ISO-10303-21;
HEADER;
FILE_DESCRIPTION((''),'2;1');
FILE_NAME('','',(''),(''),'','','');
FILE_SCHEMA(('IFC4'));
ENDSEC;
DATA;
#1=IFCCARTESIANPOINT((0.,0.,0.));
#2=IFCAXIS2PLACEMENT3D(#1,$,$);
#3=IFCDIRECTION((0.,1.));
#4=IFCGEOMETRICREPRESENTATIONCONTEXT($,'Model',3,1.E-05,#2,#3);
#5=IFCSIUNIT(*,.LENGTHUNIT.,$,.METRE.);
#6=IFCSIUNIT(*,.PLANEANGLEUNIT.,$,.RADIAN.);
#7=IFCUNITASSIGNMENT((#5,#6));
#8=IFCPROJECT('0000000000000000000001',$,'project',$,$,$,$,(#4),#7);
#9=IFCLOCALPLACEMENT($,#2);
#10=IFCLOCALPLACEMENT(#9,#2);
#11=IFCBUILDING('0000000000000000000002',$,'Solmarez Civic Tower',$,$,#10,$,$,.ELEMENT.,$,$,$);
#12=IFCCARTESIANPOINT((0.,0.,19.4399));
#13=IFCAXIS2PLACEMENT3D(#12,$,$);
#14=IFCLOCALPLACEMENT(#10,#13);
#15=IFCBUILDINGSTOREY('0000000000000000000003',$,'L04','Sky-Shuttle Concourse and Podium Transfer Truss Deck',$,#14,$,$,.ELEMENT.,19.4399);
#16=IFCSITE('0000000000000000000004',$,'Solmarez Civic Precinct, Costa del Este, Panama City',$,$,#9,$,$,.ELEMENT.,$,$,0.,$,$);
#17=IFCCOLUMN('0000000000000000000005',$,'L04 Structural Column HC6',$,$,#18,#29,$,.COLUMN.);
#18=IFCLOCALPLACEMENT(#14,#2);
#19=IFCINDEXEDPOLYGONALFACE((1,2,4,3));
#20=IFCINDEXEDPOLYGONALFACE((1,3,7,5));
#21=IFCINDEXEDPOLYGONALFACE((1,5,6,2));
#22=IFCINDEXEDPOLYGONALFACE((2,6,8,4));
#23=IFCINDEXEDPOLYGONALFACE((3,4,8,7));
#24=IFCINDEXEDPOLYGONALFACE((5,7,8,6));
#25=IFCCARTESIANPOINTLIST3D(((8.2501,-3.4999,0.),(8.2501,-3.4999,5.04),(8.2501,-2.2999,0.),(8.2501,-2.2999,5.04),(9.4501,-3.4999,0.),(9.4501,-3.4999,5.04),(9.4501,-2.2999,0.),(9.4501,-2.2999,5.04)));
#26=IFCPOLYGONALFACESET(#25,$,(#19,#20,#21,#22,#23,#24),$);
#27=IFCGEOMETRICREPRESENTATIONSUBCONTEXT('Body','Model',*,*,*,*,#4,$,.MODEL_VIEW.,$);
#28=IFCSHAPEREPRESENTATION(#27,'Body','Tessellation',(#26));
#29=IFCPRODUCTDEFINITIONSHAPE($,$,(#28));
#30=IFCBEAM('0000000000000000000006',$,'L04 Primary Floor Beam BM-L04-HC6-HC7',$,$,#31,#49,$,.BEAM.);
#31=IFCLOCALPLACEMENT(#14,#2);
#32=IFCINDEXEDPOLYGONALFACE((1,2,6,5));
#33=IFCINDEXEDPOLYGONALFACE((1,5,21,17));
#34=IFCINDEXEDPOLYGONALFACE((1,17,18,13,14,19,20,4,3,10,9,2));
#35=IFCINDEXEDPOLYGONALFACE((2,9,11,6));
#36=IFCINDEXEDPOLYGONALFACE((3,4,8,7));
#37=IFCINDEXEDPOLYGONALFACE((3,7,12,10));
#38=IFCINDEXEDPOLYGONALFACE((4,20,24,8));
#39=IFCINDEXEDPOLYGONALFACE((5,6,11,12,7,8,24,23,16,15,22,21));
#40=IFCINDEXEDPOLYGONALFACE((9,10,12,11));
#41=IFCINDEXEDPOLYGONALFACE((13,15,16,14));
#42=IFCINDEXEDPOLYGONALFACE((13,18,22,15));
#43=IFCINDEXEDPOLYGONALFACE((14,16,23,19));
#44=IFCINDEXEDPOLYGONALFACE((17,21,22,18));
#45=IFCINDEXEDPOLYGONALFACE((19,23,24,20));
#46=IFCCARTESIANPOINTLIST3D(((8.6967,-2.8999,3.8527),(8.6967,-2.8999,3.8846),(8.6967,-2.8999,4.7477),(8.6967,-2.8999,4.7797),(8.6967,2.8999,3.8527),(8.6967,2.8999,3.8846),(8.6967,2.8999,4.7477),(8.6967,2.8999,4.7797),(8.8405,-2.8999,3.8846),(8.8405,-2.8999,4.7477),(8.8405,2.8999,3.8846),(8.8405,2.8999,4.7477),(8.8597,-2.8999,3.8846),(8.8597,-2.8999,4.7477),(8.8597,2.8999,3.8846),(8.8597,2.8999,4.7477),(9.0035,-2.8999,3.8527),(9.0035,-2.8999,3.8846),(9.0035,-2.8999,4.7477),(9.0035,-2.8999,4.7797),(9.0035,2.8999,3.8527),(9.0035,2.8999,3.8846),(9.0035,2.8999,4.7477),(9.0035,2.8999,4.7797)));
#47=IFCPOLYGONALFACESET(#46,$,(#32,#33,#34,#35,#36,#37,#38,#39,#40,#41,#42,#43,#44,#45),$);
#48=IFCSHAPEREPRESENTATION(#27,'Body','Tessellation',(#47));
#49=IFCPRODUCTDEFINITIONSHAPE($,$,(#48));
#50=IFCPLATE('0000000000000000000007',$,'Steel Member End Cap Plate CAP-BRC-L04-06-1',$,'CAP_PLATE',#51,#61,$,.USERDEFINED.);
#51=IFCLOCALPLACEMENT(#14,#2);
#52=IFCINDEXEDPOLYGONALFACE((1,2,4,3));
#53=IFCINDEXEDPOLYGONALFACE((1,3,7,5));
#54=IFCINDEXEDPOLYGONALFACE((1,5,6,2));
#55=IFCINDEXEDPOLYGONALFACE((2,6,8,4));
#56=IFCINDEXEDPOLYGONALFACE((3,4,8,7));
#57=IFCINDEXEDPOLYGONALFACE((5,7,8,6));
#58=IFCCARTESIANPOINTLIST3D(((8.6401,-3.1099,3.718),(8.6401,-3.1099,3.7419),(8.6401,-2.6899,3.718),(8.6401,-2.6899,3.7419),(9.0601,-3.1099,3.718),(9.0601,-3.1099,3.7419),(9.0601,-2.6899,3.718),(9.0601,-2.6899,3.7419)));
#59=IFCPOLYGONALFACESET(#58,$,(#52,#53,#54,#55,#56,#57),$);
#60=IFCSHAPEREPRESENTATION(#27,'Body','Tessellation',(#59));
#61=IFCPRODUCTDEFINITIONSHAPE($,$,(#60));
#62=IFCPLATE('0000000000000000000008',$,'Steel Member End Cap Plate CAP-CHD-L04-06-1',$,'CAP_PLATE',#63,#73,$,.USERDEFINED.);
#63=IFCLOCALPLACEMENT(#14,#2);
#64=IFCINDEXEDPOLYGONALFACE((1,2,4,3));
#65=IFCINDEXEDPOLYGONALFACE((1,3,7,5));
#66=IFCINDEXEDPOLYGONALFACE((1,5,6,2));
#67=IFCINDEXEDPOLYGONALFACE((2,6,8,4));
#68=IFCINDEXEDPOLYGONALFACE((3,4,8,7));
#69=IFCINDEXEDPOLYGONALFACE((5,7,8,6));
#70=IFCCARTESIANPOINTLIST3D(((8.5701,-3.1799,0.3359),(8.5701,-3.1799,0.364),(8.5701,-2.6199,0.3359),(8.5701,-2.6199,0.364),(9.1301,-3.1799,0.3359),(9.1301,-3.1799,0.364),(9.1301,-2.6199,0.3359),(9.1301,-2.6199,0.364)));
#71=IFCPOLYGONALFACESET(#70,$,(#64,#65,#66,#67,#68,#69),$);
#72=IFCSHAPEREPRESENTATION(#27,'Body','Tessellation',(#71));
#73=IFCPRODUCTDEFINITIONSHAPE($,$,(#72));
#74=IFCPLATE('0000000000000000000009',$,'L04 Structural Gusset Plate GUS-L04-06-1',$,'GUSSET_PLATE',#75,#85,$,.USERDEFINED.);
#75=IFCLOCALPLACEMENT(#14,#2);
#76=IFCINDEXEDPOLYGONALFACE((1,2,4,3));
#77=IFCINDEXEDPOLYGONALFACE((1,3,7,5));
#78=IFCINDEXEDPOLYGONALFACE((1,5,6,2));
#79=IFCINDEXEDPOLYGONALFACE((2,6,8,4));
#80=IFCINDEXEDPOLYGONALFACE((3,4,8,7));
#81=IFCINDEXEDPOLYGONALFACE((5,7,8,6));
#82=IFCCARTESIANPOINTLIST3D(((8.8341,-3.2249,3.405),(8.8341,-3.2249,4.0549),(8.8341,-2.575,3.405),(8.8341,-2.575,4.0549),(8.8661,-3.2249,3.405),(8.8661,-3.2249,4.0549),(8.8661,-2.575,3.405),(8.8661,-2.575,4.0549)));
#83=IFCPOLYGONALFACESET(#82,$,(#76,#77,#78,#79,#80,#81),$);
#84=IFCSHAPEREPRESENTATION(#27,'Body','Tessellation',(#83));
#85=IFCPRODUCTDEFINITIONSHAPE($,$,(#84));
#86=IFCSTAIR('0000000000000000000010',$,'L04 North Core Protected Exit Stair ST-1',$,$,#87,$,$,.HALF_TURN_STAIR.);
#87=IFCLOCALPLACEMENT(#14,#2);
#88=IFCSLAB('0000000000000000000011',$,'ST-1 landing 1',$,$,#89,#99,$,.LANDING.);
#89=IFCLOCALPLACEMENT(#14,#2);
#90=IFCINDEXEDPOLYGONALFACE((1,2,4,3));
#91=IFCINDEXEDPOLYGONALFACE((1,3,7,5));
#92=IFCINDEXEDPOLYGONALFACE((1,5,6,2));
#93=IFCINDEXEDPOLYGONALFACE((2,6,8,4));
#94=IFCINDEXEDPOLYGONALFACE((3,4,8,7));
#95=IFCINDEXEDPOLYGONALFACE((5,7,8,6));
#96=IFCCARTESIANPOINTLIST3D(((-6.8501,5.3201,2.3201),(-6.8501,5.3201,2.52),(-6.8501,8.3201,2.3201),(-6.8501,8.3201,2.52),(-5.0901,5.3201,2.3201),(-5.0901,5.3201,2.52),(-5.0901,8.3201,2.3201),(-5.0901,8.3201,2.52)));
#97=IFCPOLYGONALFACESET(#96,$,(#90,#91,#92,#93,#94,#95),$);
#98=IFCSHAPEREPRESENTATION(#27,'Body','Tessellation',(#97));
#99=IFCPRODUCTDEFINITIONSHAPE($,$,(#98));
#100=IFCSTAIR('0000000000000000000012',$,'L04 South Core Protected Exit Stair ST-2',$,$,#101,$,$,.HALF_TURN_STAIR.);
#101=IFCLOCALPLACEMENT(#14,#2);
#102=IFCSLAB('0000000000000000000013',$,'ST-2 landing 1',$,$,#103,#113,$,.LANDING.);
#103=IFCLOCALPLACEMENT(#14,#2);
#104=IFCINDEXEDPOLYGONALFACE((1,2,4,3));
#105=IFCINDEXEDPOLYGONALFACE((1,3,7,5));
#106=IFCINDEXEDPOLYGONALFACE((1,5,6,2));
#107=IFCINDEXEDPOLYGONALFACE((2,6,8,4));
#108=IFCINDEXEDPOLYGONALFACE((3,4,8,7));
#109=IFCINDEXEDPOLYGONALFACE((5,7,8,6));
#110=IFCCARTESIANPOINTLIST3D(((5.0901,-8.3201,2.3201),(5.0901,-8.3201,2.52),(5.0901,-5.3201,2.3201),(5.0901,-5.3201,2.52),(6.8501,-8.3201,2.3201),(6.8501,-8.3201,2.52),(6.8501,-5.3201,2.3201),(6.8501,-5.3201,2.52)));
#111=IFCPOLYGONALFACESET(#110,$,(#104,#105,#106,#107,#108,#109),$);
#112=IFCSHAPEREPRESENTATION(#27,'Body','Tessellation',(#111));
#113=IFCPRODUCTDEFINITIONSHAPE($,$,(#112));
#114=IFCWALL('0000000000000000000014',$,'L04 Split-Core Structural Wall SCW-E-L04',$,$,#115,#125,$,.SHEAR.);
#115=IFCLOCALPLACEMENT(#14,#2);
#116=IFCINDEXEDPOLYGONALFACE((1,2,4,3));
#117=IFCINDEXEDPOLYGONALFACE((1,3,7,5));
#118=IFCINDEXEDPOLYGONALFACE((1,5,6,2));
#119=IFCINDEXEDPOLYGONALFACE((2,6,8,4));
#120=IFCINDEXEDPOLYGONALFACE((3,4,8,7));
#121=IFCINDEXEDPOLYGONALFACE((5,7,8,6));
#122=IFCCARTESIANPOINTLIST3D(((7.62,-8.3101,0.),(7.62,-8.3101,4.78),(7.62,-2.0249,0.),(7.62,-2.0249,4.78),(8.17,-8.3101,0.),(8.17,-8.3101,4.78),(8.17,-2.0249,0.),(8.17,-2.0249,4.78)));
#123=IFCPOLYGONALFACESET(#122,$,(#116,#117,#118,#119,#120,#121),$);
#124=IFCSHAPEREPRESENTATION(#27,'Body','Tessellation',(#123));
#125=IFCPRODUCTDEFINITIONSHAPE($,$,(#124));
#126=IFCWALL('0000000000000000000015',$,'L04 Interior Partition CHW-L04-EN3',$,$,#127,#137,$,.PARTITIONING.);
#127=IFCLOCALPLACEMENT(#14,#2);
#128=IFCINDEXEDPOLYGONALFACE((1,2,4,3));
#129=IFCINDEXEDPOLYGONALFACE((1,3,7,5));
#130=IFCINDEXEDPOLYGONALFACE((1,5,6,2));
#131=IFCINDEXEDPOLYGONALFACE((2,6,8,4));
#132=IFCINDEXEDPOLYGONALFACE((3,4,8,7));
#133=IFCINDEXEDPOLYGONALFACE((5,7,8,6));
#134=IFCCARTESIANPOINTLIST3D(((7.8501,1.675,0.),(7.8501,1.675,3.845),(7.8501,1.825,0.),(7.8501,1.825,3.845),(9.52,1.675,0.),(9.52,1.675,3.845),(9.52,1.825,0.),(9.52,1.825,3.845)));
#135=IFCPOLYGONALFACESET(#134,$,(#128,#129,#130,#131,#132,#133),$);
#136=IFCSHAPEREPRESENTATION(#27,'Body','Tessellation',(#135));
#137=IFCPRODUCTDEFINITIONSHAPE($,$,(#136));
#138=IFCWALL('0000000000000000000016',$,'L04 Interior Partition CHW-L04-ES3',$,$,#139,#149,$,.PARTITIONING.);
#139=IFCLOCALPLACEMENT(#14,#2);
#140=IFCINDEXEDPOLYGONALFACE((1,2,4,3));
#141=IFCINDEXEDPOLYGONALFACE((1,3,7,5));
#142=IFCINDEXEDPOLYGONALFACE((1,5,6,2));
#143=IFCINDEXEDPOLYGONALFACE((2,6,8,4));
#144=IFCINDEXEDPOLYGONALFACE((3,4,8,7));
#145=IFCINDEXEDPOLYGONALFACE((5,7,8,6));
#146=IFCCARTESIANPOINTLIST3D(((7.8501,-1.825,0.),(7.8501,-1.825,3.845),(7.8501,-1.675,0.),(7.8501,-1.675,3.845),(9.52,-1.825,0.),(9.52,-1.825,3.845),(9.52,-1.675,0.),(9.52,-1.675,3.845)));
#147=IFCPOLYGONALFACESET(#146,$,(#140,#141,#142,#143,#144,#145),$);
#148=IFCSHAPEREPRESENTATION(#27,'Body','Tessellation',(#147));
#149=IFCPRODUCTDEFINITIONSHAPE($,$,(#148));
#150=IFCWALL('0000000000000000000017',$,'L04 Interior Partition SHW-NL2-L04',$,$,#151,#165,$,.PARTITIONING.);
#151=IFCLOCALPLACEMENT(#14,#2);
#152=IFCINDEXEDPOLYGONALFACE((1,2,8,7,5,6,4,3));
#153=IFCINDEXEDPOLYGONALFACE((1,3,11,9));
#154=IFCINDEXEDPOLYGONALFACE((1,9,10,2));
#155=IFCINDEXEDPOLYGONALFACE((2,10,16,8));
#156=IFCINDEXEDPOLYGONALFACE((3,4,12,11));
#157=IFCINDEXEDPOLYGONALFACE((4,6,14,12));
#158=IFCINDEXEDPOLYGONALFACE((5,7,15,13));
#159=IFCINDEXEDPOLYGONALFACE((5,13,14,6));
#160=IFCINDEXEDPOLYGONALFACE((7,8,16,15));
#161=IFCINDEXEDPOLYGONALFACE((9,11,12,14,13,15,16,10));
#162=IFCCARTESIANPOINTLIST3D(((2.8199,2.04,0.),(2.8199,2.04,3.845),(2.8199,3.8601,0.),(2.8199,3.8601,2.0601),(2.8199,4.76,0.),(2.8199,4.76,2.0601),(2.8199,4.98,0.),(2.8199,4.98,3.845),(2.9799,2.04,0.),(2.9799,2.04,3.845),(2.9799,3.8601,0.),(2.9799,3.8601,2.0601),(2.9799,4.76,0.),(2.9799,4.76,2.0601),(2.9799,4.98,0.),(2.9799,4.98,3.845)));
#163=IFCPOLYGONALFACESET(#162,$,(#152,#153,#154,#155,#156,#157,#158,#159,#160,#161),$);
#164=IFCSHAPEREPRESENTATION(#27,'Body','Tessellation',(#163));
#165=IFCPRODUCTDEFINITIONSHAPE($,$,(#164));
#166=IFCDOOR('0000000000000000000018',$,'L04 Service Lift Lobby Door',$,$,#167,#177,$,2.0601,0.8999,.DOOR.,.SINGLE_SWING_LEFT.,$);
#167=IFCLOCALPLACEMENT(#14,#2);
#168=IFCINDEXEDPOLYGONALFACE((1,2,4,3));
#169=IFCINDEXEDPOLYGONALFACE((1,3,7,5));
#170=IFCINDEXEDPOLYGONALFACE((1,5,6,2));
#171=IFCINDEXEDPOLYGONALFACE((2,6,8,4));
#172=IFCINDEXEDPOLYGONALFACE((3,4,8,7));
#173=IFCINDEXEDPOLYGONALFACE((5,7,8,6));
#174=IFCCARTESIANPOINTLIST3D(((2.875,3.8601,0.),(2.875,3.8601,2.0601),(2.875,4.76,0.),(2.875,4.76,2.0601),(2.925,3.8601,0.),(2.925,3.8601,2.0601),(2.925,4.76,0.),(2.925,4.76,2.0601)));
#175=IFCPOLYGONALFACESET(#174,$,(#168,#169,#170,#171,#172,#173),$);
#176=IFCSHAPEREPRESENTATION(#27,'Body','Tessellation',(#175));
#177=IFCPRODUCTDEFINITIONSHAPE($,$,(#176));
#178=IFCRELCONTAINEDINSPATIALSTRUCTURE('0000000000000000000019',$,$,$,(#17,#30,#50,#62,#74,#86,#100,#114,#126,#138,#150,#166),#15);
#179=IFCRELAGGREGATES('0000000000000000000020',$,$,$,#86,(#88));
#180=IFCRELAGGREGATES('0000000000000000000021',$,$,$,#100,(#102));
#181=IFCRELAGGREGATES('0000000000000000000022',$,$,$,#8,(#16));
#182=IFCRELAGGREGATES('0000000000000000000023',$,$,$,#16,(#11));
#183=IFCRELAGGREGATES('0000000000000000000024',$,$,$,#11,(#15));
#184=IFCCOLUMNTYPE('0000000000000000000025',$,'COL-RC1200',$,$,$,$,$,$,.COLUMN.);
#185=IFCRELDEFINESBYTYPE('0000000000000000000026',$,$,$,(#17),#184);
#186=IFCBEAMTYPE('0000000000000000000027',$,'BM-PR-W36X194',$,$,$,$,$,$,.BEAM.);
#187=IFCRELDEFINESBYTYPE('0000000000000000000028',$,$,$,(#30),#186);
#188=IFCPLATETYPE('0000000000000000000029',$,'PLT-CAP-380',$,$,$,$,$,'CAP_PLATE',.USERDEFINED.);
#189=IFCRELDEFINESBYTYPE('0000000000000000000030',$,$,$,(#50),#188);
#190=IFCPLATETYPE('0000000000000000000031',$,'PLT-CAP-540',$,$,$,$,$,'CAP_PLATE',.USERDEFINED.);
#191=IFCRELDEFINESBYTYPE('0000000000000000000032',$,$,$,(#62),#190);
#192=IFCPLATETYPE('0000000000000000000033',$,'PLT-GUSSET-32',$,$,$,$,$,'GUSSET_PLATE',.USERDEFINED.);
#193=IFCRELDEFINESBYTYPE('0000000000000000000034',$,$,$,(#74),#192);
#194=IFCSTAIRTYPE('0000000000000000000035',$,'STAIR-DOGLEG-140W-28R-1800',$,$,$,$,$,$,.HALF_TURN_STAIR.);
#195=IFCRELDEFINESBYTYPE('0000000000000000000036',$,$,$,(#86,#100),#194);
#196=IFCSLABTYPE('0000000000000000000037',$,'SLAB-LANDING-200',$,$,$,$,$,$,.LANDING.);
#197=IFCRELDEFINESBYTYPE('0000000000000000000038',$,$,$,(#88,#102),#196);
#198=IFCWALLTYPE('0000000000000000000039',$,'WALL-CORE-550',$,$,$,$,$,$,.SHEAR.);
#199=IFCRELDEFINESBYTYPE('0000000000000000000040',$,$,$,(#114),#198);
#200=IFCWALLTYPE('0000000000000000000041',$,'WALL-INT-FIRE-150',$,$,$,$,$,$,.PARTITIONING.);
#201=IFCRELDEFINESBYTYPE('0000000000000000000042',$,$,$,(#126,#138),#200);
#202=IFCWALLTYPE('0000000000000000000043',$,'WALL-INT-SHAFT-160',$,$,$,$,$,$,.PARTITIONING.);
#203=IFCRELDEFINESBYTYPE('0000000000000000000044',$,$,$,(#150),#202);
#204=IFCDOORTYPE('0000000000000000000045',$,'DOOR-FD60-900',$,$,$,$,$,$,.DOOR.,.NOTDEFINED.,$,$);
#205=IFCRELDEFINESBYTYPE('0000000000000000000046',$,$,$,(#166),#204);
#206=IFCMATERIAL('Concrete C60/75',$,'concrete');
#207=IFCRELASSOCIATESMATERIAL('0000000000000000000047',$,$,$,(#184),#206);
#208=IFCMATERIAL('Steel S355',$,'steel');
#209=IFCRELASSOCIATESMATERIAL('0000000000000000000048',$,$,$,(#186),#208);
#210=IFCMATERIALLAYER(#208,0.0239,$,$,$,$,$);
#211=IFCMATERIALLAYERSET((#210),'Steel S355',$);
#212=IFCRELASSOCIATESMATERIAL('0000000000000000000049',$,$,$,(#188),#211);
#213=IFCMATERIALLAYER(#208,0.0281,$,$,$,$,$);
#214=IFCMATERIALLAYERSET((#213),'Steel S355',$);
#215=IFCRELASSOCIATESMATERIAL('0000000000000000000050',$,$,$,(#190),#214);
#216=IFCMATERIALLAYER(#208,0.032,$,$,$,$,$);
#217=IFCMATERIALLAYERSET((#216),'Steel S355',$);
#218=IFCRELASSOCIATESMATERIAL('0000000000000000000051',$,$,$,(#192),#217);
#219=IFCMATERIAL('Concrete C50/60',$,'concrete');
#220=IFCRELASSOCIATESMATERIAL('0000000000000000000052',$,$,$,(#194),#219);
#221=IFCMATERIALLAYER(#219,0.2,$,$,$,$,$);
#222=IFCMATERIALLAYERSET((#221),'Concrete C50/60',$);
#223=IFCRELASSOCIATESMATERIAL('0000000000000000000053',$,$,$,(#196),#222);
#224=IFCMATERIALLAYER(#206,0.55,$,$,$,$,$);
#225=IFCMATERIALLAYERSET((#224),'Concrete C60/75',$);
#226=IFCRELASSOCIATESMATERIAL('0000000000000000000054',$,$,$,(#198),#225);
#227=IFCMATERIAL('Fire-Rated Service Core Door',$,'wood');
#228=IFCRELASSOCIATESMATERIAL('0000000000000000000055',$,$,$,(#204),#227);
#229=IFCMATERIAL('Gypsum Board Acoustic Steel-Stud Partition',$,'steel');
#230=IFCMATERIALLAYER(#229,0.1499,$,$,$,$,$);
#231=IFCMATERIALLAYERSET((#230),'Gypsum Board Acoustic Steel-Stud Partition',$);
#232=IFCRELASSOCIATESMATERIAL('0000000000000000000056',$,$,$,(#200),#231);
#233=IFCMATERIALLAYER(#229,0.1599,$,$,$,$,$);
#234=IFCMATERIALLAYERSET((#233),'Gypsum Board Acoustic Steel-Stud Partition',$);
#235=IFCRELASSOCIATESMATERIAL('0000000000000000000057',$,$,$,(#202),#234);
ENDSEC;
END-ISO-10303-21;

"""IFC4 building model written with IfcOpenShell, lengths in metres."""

from ifc_helpers import new_model, si_unit, direction, frame, frame_2d, origin, origin_2d, place, context, subcontext, project, spatial, polyline, rectangle, i_section, outline, extrude, material, layer, layer_set, material_profile, profile_set, type_object, element, fill, aggregate, save


model = new_model("IFC4")

# Units and contexts
model_context = context("Model", 3, precision=1e-05, world=origin(), true_north=direction((0.0, 1.0)))
body_context = subcontext(model_context, "Body", "Model", "MODEL_VIEW")
ifc_project = project(units=[si_unit("LENGTHUNIT", "METRE"), si_unit("PLANEANGLEUNIT", "RADIAN")], contexts=[model_context])

# Site, building, storey
site_placement = place(None, origin())
site = spatial("IfcSite", under=ifc_project, at=site_placement, Name="Solmarez Civic Precinct, Costa del Este, Panama City", CompositionType="ELEMENT", RefElevation=0.0)
building_placement = place(site_placement, origin())
building = spatial("IfcBuilding", under=site, at=building_placement, Name="Solmarez Civic Tower", CompositionType="ELEMENT")
storey_placement = place(building_placement, frame((0.0, 0.0, 19.4399)))
storey = spatial("IfcBuildingStorey", under=building, at=storey_placement, Name="L04", Description="Sky-Shuttle Concourse and Podium Transfer Truss Deck", CompositionType="ELEMENT", Elevation=19.4399)

# Column
ifc_material_1 = material(Name="Concrete C60/75", Category="concrete")
ifc_material_profile_1 = material_profile(ifc_material_1, rectangle(XDim=1.2, YDim=1.2, at=origin_2d()), Name="RC1200X1200")
ifc_profile_set_1 = profile_set([ifc_material_profile_1], Name="Concrete C60/75")
column_type = type_object("IfcColumnType", Name="COL-RC1200", PredefinedType="COLUMN", material=ifc_profile_set_1)
column_placement = place(storey_placement, frame((8.8501, -2.8999, 0.0), z_axis=(0.0, 0.0, 1.0), x_axis=(1.0, 0.0, 0.0)))
element("IfcColumn", 1, at=column_placement, inside=storey, type_object=column_type, Name="L04 Structural Column HC6", PredefinedType="COLUMN", context=body_context, shape_type="SweptSolid", body=[
    extrude(rectangle(XDim=1.2, YDim=1.2, at=origin_2d()), origin(), (0.0, 0.0, 1.0), 5.04),
])

# Beam
ifc_material_2 = material(Name="Steel S355", Category="steel")
ifc_material_profile_2 = material_profile(ifc_material_2, i_section(OverallWidth=0.3069, OverallDepth=0.927, WebThickness=0.0193, FlangeThickness=0.032, at=origin_2d()), Name="W36X194")
ifc_profile_set_2 = profile_set([ifc_material_profile_2], Name="Steel S355")
beam_type = type_object("IfcBeamType", Name="BM-PR-W36X194", PredefinedType="BEAM", material=ifc_profile_set_2)
beam_placement = place(storey_placement, frame((8.8501, -2.8999, 4.3162), z_axis=(0.0, 1.0, 0.0), x_axis=(-1.0, 0.0, 0.0)))
element("IfcBeam", 2, at=beam_placement, inside=storey, type_object=beam_type, Name="L04 Primary Floor Beam BM-L04-HC6-HC7", PredefinedType="BEAM", context=body_context, shape_type="SweptSolid", body=[
    extrude(i_section(OverallWidth=0.3069, OverallDepth=0.927, WebThickness=0.0193, FlangeThickness=0.032, at=origin_2d()), origin(), (0.0, 0.0, 1.0), 5.7998),
])

# Plates
ifc_layer_1 = layer(ifc_material_2, 0.0239)
ifc_layer_set_1 = layer_set([ifc_layer_1], Name="Steel S355")
plate_type_1 = type_object("IfcPlateType", Name="PLT-CAP-380", ElementType="CAP_PLATE", PredefinedType="USERDEFINED", material=ifc_layer_set_1)
plate_1_placement = place(storey_placement, frame((8.8501, -2.8999, 3.718), z_axis=(0.0, 0.0, 1.0), x_axis=(1.0, 0.0, 0.0)))
element("IfcPlate", 3, at=plate_1_placement, inside=storey, type_object=plate_type_1, Name="Steel Member End Cap Plate CAP-BRC-L04-06-1", ObjectType="CAP_PLATE", PredefinedType="USERDEFINED", context=body_context, shape_type="SweptSolid", body=[
    extrude(rectangle(XDim=0.4199, YDim=0.4199, at=origin_2d()), origin(), (0.0, 0.0, 1.0), 0.0239),
])
ifc_layer_2 = layer(ifc_material_2, 0.0281)
ifc_layer_set_2 = layer_set([ifc_layer_2], Name="Steel S355")
plate_type_2 = type_object("IfcPlateType", Name="PLT-CAP-540", ElementType="CAP_PLATE", PredefinedType="USERDEFINED", material=ifc_layer_set_2)
plate_2_placement = place(storey_placement, frame((8.8501, -2.8999, 0.3359), z_axis=(0.0, 0.0, 1.0), x_axis=(1.0, 0.0, 0.0)))
element("IfcPlate", 4, at=plate_2_placement, inside=storey, type_object=plate_type_2, Name="Steel Member End Cap Plate CAP-CHD-L04-06-1", ObjectType="CAP_PLATE", PredefinedType="USERDEFINED", context=body_context, shape_type="SweptSolid", body=[
    extrude(rectangle(XDim=0.5601, YDim=0.5601, at=origin_2d()), origin(), (0.0, 0.0, 1.0), 0.0281),
])
ifc_layer_3 = layer(ifc_material_2, 0.032)
ifc_layer_set_3 = layer_set([ifc_layer_3], Name="Steel S355")
plate_type_3 = type_object("IfcPlateType", Name="PLT-GUSSET-32", ElementType="GUSSET_PLATE", PredefinedType="USERDEFINED", material=ifc_layer_set_3)
plate_3_placement = place(storey_placement, frame((8.8501, -2.8999, 3.405), z_axis=(0.0, 0.0, 1.0), x_axis=(0.0, 1.0, 0.0)))
element("IfcPlate", 5, at=plate_3_placement, inside=storey, type_object=plate_type_3, Name="L04 Structural Gusset Plate GUS-L04-06-1", ObjectType="GUSSET_PLATE", PredefinedType="USERDEFINED", context=body_context, shape_type="SweptSolid", body=[
    extrude(rectangle(XDim=0.6499, YDim=0.032, at=origin_2d()), origin(), (0.0, 0.0, 1.0), 0.6499),
])

# Stairs, slabs
ifc_material_3 = material(Name="Concrete C50/60", Category="concrete")
stair_type = type_object("IfcStairType", Name="STAIR-DOGLEG-140W-28R-1800", PredefinedType="HALF_TURN_STAIR", material=ifc_material_3)
stair_1_placement = place(storey_placement, origin())
stair_1 = element("IfcStair", 6, at=stair_1_placement, inside=storey, type_object=stair_type, Name="L04 North Core Protected Exit Stair ST-1", PredefinedType="HALF_TURN_STAIR")
ifc_layer_4 = layer(ifc_material_3, 0.2)
ifc_layer_set_4 = layer_set([ifc_layer_4], Name="Concrete C50/60")
slab_type = type_object("IfcSlabType", Name="SLAB-LANDING-200", PredefinedType="LANDING", material=ifc_layer_set_4)
slab_1_placement = place(storey_placement, frame((0.0, 0.0, 2.3201)))
slab_1 = element("IfcSlab", 7, at=slab_1_placement, type_object=slab_type, Name="ST-1 landing 1", PredefinedType="LANDING", context=body_context, shape_type="SweptSolid", body=[
    extrude(outline(polyline([(-5.0901, 8.3201), (-6.8501, 8.3201), (-6.8501, 5.3201), (-5.0901, 5.3201), (-5.0901, 8.3201)])), origin(), (0.0, 0.0, 1.0), 0.2),
])
aggregate(stair_1, [slab_1])
stair_2_placement = place(storey_placement, origin())
stair_2 = element("IfcStair", 8, at=stair_2_placement, inside=storey, type_object=stair_type, Name="L04 South Core Protected Exit Stair ST-2", PredefinedType="HALF_TURN_STAIR")
slab_2_placement = place(storey_placement, frame((0.0, 0.0, 2.3201)))
slab_2 = element("IfcSlab", 9, at=slab_2_placement, type_object=slab_type, Name="ST-2 landing 1", PredefinedType="LANDING", context=body_context, shape_type="SweptSolid", body=[
    extrude(outline(polyline([(5.0901, -8.3201), (6.8501, -8.3201), (6.8501, -5.3201), (5.0901, -5.3201), (5.0901, -8.3201)])), origin(), (0.0, 0.0, 1.0), 0.2),
])
aggregate(stair_2, [slab_2])

# Shared definitions
ifc_layer_5 = layer(ifc_material_1, 0.55)
ifc_layer_set_5 = layer_set([ifc_layer_5], Name="Concrete C60/75")
wall_type_1 = type_object("IfcWallType", Name="WALL-CORE-550", PredefinedType="SHEAR", material=ifc_layer_set_5)
ifc_material_4 = material(Name="Fire-Rated Service Core Door", Category="wood")
door_type_1 = type_object("IfcDoorType", Name="DOOR-FD60-900", OperationType="NOTDEFINED", PredefinedType="DOOR", material=ifc_material_4)

# Walls
wall_1_placement = place(storey_placement, frame((7.895, -2.0249, 0.0), z_axis=(0.0, 0.0, 1.0), x_axis=(0.0, -1.0, 0.0)))
element("IfcWall", 10, at=wall_1_placement, inside=storey, type_object=wall_type_1, Name="L04 Split-Core Structural Wall SCW-E-L04", PredefinedType="SHEAR", context=body_context, shape_type="SweptSolid", body=[
    extrude(rectangle(XDim=6.2852, YDim=0.55, at=frame_2d((3.1426, 0.0))), origin(), (0.0, 0.0, 1.0), 4.78),
])
ifc_material_5 = material(Name="Gypsum Board Acoustic Steel-Stud Partition", Category="steel")
ifc_layer_6 = layer(ifc_material_5, 0.1499)
ifc_layer_set_6 = layer_set([ifc_layer_6], Name="Gypsum Board Acoustic Steel-Stud Partition")
wall_type_2 = type_object("IfcWallType", Name="WALL-INT-FIRE-150", PredefinedType="PARTITIONING", material=ifc_layer_set_6)
for number, where, z_axis, x_axis, name in (
    (11, (7.8501, 1.75, 0.0), (0.0, 0.0, 1.0), (1.0, 0.0, 0.0), "L04 Interior Partition CHW-L04-EN3"),
    (12, (7.8501, -1.75, 0.0), (0.0, 0.0, 1.0), (1.0, 0.0, 0.0), "L04 Interior Partition CHW-L04-ES3"),
):
    element("IfcWall", number, at=place(storey_placement, frame(where, z_axis=z_axis, x_axis=x_axis)), inside=storey, type_object=wall_type_2, Name=name, PredefinedType="PARTITIONING", context=body_context, shape_type="SweptSolid", body=[
        extrude(rectangle(XDim=1.6699, YDim=0.1499, at=frame_2d((0.835, 0.0))), origin(), (0.0, 0.0, 1.0), 3.845),
    ])

# Wall, opening, door
ifc_layer_7 = layer(ifc_material_5, 0.1599)
ifc_layer_set_7 = layer_set([ifc_layer_7], Name="Gypsum Board Acoustic Steel-Stud Partition")
wall_type_3 = type_object("IfcWallType", Name="WALL-INT-SHAFT-160", PredefinedType="PARTITIONING", material=ifc_layer_set_7)
wall_2_placement = place(storey_placement, frame((2.8999, 2.04, 0.0), z_axis=(0.0, 0.0, 1.0), x_axis=(0.0, 1.0, 0.0)))
wall_2 = element("IfcWall", 13, at=wall_2_placement, inside=storey, type_object=wall_type_3, Name="L04 Interior Partition SHW-NL2-L04", PredefinedType="PARTITIONING", context=body_context, shape_type="SweptSolid", body=[
    extrude(rectangle(XDim=2.9399, YDim=0.1599, at=frame_2d((1.47, 0.0))), origin(), (0.0, 0.0, 1.0), 3.845),
])
opening_1_placement = place(wall_2_placement, frame((1.8201, 0.0, 0.0)))
opening_1 = element("IfcOpeningElement", 14, at=opening_1_placement, cuts=wall_2, PredefinedType="OPENING", context=body_context, shape_type="SweptSolid", body=[
    extrude(rectangle(XDim=0.8999, YDim=2.0601, at=frame_2d((0.45, 1.03))), frame((0.0, 0.0898, 0.0), z_axis=(0.0, -1.0, 0.0), x_axis=(1.0, 0.0, 0.0)), (0.0, 0.0, 1.0), 0.1799),
])
door_1_placement = place(opening_1_placement, origin())
door_1 = element("IfcDoor", 15, at=door_1_placement, inside=storey, type_object=door_type_1, Name="L04 Service Lift Lobby Door", OperationType="SINGLE_SWING_LEFT", OverallHeight=2.0601, OverallWidth=0.8999, PredefinedType="DOOR", context=body_context, shape_type="SweptSolid", body=[
    extrude(rectangle(XDim=0.8999, YDim=2.0601, at=frame_2d((0.45, 1.03))), frame((0.0, 0.0249, 0.0), z_axis=(0.0, -1.0, 0.0), x_axis=(1.0, 0.0, 0.0)), (0.0, 0.0, 1.0), 0.05),
])
fill(opening_1, door_1)

save(model, "model.ifc")
